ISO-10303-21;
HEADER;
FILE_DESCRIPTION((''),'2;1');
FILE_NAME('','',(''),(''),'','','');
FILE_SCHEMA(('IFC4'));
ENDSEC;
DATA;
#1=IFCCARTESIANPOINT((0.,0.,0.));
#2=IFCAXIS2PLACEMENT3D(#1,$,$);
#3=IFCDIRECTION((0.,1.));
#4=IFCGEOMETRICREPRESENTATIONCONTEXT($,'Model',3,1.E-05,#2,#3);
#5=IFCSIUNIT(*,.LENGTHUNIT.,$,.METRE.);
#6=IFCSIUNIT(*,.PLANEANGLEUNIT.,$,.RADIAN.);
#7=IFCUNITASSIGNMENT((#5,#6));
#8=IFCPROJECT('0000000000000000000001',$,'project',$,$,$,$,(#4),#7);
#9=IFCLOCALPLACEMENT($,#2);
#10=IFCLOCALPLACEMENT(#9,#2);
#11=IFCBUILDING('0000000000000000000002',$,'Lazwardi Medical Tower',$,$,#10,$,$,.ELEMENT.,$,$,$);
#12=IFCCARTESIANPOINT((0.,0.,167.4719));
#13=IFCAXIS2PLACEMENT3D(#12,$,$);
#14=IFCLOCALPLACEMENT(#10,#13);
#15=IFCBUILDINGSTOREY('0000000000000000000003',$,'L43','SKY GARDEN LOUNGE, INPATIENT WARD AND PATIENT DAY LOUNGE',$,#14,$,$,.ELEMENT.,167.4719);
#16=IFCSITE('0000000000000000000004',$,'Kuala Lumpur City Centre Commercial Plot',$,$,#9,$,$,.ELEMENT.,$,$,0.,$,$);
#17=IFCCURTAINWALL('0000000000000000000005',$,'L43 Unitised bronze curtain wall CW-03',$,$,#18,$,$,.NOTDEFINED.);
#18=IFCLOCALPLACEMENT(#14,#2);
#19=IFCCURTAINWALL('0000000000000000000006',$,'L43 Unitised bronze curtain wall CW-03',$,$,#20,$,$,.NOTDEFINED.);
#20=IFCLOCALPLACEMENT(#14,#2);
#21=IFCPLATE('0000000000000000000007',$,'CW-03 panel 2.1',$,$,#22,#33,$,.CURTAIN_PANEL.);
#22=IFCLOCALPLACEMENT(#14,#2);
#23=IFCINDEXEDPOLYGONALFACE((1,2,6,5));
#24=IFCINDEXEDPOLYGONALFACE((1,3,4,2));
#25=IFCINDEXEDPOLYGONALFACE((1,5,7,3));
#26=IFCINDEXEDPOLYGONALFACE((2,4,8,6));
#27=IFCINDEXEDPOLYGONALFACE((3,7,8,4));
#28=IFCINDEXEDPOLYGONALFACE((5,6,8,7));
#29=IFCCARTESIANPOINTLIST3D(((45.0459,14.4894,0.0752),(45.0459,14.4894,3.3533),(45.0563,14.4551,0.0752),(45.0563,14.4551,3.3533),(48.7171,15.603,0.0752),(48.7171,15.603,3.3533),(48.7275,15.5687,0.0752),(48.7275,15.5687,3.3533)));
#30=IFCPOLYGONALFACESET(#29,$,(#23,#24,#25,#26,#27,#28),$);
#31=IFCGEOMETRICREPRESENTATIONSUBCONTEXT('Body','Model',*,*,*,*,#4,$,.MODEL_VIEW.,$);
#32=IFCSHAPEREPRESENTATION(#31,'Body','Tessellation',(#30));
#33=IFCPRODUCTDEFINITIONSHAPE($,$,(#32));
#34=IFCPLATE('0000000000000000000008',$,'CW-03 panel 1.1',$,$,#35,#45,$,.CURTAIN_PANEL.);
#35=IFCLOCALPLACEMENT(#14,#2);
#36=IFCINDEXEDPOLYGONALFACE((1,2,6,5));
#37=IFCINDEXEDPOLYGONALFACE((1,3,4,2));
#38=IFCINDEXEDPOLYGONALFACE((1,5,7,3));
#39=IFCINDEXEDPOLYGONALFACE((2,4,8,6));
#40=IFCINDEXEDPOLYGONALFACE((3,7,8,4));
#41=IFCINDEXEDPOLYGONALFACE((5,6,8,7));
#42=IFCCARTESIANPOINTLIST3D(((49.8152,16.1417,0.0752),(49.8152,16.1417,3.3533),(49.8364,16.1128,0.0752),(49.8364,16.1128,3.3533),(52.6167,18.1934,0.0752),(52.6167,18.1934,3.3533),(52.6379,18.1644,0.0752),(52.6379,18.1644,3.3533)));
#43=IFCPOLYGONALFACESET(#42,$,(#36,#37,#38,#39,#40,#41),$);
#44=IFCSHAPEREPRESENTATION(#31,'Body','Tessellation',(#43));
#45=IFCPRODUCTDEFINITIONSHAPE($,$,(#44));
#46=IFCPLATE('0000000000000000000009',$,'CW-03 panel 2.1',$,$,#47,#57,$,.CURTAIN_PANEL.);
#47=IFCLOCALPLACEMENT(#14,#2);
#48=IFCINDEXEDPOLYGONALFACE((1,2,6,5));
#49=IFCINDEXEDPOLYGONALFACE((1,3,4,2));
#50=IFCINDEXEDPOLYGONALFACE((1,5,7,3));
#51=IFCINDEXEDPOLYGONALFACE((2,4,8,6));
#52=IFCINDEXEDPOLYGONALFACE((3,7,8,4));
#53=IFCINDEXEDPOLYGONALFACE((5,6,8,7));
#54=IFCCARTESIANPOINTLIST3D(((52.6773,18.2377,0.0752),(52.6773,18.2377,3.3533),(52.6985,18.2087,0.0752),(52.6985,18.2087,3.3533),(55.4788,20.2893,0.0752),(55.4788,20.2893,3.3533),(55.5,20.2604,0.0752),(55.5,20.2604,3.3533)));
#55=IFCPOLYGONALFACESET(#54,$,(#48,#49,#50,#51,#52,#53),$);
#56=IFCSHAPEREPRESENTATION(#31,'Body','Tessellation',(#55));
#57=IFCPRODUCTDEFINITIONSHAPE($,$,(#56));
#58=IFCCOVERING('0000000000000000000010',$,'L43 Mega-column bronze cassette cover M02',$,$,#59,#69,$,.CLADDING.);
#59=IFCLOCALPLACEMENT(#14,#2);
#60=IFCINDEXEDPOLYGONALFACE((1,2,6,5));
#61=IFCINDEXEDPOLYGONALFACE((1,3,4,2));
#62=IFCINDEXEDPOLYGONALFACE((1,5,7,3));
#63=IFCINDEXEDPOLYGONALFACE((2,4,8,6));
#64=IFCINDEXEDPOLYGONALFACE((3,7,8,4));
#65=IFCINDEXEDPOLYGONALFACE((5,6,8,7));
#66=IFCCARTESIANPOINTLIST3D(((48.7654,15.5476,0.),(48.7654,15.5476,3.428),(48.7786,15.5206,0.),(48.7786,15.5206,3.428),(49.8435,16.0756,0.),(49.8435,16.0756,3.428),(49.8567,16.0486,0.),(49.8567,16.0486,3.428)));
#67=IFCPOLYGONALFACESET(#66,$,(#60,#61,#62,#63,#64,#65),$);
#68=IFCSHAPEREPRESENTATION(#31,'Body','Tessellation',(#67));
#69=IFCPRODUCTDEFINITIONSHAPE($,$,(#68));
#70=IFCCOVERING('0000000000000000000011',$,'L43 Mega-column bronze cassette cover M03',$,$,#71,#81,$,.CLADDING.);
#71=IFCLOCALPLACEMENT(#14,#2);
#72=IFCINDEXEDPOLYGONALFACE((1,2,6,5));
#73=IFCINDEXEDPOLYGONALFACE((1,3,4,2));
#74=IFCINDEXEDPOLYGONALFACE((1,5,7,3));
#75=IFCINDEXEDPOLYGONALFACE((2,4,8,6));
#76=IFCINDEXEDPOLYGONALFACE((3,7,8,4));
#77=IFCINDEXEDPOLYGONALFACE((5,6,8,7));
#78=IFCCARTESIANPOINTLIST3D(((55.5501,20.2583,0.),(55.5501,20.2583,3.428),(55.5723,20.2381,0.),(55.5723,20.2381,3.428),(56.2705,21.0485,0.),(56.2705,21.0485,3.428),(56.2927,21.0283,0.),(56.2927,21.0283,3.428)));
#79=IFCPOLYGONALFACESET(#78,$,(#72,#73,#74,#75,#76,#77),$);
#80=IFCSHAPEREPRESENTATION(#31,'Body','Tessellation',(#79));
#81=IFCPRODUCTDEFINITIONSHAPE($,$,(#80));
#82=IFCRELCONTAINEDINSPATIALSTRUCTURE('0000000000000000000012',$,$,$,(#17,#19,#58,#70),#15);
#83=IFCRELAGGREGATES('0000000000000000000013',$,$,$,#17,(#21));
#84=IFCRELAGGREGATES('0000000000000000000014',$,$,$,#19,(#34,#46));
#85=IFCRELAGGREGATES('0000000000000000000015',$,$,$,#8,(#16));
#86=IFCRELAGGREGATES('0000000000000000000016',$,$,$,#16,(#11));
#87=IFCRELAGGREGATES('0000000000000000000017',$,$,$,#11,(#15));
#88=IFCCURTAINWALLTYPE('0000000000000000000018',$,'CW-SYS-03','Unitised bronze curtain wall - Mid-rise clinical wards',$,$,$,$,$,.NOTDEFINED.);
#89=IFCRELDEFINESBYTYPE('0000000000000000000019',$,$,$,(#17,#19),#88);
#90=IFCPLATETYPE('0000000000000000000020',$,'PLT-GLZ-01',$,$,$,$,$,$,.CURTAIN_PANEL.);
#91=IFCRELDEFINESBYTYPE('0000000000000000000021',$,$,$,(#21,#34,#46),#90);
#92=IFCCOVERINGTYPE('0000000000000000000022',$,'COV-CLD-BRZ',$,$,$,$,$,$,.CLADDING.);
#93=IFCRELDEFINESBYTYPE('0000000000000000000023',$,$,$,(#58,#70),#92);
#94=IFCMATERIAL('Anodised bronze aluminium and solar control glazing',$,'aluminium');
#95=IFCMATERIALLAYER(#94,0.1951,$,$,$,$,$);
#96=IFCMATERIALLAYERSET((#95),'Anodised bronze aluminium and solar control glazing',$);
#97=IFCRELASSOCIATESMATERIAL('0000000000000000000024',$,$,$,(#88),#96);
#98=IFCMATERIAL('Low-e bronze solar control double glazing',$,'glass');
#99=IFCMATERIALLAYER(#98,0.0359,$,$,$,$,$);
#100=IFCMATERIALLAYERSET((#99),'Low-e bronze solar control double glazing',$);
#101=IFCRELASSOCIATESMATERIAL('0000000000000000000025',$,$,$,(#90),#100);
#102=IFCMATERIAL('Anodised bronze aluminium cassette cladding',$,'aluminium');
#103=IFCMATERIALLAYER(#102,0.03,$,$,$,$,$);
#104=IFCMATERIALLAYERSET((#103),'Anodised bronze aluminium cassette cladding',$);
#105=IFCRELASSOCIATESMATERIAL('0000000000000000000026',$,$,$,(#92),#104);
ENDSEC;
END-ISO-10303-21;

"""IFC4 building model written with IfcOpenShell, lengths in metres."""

from ifc_helpers import new_model, si_unit, direction, frame, origin, origin_2d, place, context, subcontext, project, spatial, rectangle, extrude, material, layer, layer_set, type_object, element, aggregate, save


model = new_model("IFC4")

# Units and contexts
model_context = context("Model", 3, precision=1e-05, world=origin(), true_north=direction((0.0, 1.0)))
body_context = subcontext(model_context, "Body", "Model", "MODEL_VIEW")
ifc_project = project(units=[si_unit("LENGTHUNIT", "METRE"), si_unit("PLANEANGLEUNIT", "RADIAN")], contexts=[model_context])

# Site, building, storey
site_placement = place(None, origin())
site = spatial("IfcSite", under=ifc_project, at=site_placement, Name="Kuala Lumpur City Centre Commercial Plot", CompositionType="ELEMENT", RefElevation=0.0)
building_placement = place(site_placement, origin())
building = spatial("IfcBuilding", under=site, at=building_placement, Name="Lazwardi Medical Tower", CompositionType="ELEMENT")
storey_placement = place(building_placement, frame((0.0, 0.0, 167.4719)))
storey = spatial("IfcBuildingStorey", under=building, at=storey_placement, Name="L43", Description="SKY GARDEN LOUNGE, INPATIENT WARD AND PATIENT DAY LOUNGE", CompositionType="ELEMENT", Elevation=167.4719)

# Curtain wall
ifc_material_1 = material(Name="Anodised bronze aluminium and solar control glazing", Category="aluminium")
ifc_layer_1 = layer(ifc_material_1, 0.1951)
ifc_layer_set_1 = layer_set([ifc_layer_1], Name="Anodised bronze aluminium and solar control glazing")
curtain_wall_type = type_object("IfcCurtainWallType", Name="CW-SYS-03", Description="Unitised bronze curtain wall - Mid-rise clinical wards", PredefinedType="NOTDEFINED", material=ifc_layer_set_1)
curtain_wall_1_placement = place(storey_placement, origin())
curtain_wall_1 = element("IfcCurtainWall", 1, at=curtain_wall_1_placement, inside=storey, type_object=curtain_wall_type, Name="L43 Unitised bronze curtain wall CW-03", PredefinedType="NOTDEFINED")

# Curtain wall
curtain_wall_2_placement = place(storey_placement, origin())
curtain_wall_2 = element("IfcCurtainWall", 2, at=curtain_wall_2_placement, inside=storey, type_object=curtain_wall_type, Name="L43 Unitised bronze curtain wall CW-03", PredefinedType="NOTDEFINED")

# Plates
ifc_material_2 = material(Name="Low-e bronze solar control double glazing", Category="glass")
ifc_layer_2 = layer(ifc_material_2, 0.0359)
ifc_layer_set_2 = layer_set([ifc_layer_2], Name="Low-e bronze solar control double glazing")
plate_type = type_object("IfcPlateType", Name="PLT-GLZ-01", PredefinedType="CURTAIN_PANEL", material=ifc_layer_set_2)
plate_1_placement = place(storey_placement, frame((46.8867, 15.0291, 0.0752), z_axis=(0.0, 0.0, 1.0), x_axis=(0.956942, 0.290281, 0.0)))
plate_1 = element("IfcPlate", 3, at=plate_1_placement, type_object=plate_type, Name="CW-03 panel 2.1", PredefinedType="CURTAIN_PANEL", context=body_context, shape_type="SweptSolid", body=[
    extrude(rectangle(XDim=3.8364, YDim=0.0359, at=origin_2d()), origin(), (0.0, 0.0, 1.0), 3.2781),
])
aggregate(curtain_wall_1, [plate_1])
plate_2_placement = place(storey_placement, frame((51.2266, 17.1531, 0.0752), z_axis=(0.0, 0.0, 1.0), x_axis=(0.806793, 0.590834, 0.0)))
plate_2 = element("IfcPlate", 4, at=plate_2_placement, type_object=plate_type, Name="CW-03 panel 1.1", PredefinedType="CURTAIN_PANEL", context=body_context, shape_type="SweptSolid", body=[
    extrude(rectangle(XDim=3.4724, YDim=0.0359, at=origin_2d()), origin(), (0.0, 0.0, 1.0), 3.2781),
])
plate_3_placement = place(storey_placement, frame((54.0886, 19.249, 0.0752), z_axis=(0.0, 0.0, 1.0), x_axis=(0.806793, 0.590834, 0.0)))
plate_3 = element("IfcPlate", 5, at=plate_3_placement, type_object=plate_type, Name="CW-03 panel 2.1", PredefinedType="CURTAIN_PANEL", context=body_context, shape_type="SweptSolid", body=[
    extrude(rectangle(XDim=3.4724, YDim=0.0359, at=origin_2d()), origin(), (0.0, 0.0, 1.0), 3.2781),
])
aggregate(curtain_wall_2, [plate_2, plate_3])

# Coverings
ifc_material_3 = material(Name="Anodised bronze aluminium cassette cladding", Category="aluminium")
ifc_layer_3 = layer(ifc_material_3, 0.03)
ifc_layer_set_3 = layer_set([ifc_layer_3], Name="Anodised bronze aluminium cassette cladding")
covering_type = type_object("IfcCoveringType", Name="COV-CLD-BRZ", PredefinedType="CLADDING", material=ifc_layer_set_3)
covering_1_placement = place(storey_placement, frame((49.311, 15.7981, 0.0), z_axis=(0.0, 0.0, 1.0), x_axis=(0.898079, 0.439834, 0.0)))
element("IfcCovering", 6, at=covering_1_placement, inside=storey, type_object=covering_type, Name="L43 Mega-column bronze cassette cover M02", PredefinedType="CLADDING", context=body_context, shape_type="SweptSolid", body=[
    extrude(rectangle(XDim=1.2004, YDim=0.03, at=origin_2d()), origin(), (0.0, 0.0, 1.0), 3.428),
])
covering_2_placement = place(storey_placement, frame((55.9214, 20.6433, 0.0), z_axis=(0.0, 0.0, 1.0), x_axis=(0.673714, 0.738992, 0.0)))
element("IfcCovering", 7, at=covering_2_placement, inside=storey, type_object=covering_type, Name="L43 Mega-column bronze cassette cover M03", PredefinedType="CLADDING", context=body_context, shape_type="SweptSolid", body=[
    extrude(rectangle(XDim=1.0693, YDim=0.03, at=origin_2d()), origin(), (0.0, 0.0, 1.0), 3.428),
])

save(model, "model.ifc")
